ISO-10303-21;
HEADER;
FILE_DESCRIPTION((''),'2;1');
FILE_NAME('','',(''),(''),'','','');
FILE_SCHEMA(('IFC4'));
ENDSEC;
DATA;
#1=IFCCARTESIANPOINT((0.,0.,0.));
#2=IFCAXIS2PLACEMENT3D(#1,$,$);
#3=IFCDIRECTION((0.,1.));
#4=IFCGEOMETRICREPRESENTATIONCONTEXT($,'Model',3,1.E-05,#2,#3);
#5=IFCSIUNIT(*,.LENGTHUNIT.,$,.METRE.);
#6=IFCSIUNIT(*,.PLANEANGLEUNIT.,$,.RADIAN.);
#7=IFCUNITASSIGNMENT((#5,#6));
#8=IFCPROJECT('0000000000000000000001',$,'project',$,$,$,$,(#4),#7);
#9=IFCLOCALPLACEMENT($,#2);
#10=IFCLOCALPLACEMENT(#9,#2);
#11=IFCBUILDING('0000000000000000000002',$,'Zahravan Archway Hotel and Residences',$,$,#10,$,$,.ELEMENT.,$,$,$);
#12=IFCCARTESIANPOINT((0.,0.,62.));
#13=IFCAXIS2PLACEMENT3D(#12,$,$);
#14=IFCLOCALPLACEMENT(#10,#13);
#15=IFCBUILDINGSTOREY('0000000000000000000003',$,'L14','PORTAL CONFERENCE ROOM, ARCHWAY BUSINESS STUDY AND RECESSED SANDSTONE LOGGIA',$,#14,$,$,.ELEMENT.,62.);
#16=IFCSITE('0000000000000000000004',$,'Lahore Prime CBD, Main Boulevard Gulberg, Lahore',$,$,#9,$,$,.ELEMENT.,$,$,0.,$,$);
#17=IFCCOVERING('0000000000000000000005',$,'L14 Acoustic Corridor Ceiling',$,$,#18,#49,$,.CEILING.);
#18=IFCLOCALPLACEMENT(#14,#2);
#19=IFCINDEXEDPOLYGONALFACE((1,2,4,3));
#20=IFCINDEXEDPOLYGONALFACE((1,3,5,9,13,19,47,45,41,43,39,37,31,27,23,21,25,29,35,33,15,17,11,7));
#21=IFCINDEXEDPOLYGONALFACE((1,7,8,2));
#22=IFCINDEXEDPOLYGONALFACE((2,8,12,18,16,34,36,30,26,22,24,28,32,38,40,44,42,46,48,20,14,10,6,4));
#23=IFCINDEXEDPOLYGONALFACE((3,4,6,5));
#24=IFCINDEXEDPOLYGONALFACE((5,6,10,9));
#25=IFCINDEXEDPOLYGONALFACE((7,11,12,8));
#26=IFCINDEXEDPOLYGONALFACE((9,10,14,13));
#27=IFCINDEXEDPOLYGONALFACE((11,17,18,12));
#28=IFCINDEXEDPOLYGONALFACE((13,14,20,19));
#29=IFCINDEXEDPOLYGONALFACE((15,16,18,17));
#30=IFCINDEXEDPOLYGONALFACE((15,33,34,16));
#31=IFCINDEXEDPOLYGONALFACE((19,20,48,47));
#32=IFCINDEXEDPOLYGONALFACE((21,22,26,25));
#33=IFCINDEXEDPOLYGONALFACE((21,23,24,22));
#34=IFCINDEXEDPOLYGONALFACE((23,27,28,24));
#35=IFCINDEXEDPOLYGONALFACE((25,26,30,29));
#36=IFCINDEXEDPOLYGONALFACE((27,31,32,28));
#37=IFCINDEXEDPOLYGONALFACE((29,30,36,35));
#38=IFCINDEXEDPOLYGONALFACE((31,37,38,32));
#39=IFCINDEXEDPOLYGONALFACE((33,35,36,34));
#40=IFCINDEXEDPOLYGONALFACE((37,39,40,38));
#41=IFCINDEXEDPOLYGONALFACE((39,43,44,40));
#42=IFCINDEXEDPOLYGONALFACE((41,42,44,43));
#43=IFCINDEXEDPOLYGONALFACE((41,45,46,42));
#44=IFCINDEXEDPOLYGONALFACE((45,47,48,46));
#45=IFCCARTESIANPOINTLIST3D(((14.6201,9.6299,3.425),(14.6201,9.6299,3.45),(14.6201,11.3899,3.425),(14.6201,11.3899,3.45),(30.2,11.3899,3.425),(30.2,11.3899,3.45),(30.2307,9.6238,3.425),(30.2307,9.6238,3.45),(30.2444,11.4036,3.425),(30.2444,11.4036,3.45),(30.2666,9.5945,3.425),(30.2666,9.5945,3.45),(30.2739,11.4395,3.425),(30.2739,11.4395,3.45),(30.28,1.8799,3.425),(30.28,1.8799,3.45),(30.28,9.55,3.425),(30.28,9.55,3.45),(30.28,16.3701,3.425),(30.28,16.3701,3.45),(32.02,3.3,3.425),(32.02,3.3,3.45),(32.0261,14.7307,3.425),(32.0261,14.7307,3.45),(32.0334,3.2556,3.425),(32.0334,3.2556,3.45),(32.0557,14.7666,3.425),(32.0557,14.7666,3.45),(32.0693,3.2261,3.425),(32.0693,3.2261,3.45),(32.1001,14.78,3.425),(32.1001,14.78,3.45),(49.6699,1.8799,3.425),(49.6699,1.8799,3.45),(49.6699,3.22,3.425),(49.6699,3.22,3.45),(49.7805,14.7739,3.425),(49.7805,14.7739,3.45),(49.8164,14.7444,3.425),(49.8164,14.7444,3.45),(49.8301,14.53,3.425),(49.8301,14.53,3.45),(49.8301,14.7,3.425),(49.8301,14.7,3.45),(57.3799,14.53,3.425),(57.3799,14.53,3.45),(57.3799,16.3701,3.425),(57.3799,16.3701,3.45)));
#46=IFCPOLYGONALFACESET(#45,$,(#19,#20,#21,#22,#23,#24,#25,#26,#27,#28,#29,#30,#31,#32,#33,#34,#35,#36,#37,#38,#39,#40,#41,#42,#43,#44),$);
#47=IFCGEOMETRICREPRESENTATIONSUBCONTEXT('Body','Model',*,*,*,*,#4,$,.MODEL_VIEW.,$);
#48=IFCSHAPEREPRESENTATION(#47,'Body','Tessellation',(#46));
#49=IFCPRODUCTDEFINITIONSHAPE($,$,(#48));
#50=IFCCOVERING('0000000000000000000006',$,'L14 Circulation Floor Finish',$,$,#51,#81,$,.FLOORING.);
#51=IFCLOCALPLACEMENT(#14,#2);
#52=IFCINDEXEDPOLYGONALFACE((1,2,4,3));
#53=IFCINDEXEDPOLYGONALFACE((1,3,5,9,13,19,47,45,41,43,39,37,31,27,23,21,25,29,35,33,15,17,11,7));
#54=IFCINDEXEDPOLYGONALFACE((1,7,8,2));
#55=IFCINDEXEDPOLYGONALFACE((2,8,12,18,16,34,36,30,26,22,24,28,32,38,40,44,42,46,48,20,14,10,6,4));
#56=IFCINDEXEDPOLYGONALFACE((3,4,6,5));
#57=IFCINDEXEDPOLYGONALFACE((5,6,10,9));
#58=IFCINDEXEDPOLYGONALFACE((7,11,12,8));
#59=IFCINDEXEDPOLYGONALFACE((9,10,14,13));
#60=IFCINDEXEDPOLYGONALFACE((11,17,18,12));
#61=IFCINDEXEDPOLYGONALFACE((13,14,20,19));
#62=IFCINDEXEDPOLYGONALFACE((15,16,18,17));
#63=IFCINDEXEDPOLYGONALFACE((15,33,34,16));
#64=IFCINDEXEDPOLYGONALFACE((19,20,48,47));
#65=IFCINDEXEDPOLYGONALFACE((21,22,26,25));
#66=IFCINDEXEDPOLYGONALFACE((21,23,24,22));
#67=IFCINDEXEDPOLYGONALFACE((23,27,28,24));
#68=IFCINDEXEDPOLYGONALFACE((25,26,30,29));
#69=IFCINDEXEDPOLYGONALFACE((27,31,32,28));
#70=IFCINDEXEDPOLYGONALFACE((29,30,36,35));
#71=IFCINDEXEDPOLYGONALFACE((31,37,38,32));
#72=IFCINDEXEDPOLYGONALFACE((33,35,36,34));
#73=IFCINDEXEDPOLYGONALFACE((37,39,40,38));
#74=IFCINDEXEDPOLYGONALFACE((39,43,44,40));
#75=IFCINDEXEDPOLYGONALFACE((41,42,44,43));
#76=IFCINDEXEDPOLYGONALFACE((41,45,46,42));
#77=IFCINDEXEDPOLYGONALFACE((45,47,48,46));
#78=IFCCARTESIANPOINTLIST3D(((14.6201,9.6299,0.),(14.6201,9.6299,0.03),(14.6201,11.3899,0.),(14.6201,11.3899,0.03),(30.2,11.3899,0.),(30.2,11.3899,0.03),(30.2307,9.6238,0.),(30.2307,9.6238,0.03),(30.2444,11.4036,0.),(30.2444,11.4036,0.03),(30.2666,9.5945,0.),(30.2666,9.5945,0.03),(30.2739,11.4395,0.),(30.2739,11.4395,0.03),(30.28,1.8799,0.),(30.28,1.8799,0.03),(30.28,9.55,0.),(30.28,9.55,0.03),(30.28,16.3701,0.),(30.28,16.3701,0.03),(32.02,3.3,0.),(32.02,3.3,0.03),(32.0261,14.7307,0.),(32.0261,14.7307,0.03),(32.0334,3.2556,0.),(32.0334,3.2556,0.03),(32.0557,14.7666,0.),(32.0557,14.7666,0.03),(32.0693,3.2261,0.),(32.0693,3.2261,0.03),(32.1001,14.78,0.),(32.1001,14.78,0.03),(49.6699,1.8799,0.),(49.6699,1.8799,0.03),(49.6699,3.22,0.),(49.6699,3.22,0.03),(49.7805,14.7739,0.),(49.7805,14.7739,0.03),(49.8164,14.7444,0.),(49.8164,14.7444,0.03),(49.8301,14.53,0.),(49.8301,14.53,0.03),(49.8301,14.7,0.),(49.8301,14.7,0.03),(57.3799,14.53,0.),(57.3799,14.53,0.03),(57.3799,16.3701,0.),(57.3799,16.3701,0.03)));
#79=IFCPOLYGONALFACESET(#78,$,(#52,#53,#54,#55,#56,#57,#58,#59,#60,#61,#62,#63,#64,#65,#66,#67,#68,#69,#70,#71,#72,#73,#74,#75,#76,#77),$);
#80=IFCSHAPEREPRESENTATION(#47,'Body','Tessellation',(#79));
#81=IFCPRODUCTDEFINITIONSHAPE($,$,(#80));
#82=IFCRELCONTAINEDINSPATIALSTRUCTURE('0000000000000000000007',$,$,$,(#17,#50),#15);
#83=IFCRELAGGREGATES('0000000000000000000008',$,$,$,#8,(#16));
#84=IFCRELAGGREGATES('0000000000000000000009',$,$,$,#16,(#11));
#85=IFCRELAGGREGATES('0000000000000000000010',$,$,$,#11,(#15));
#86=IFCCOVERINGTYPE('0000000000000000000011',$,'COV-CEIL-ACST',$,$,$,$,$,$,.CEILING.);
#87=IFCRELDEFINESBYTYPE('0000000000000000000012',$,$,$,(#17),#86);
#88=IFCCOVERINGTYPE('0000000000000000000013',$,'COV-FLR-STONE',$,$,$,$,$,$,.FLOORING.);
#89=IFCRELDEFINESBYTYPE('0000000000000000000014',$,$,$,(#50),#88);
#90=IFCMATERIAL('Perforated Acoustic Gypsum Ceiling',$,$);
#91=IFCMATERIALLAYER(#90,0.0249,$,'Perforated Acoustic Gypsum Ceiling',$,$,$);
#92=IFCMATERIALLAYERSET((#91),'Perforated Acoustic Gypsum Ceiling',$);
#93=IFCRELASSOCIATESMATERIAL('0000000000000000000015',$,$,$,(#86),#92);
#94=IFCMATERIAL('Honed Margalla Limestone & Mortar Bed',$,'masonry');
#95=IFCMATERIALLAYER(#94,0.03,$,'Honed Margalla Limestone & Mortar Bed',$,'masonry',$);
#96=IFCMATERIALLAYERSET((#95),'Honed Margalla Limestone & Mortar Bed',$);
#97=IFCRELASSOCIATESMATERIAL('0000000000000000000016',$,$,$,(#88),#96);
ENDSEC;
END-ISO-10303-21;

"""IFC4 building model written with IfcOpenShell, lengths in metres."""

from ifc_helpers import new_model, si_unit, direction, frame, origin, place, context, subcontext, project, spatial, polyline, outline, extrude, material, layer, layer_set, type_object, element, save


model = new_model("IFC4")

# Units and contexts
model_context = context("Model", 3, precision=1e-05, world=origin(), true_north=direction((0.0, 1.0)))
body_context = subcontext(model_context, "Body", "Model", "MODEL_VIEW")
ifc_project = project(units=[si_unit("LENGTHUNIT", "METRE"), si_unit("PLANEANGLEUNIT", "RADIAN")], contexts=[model_context])

# Site, building, storey
site_placement = place(None, origin())
site = spatial("IfcSite", under=ifc_project, at=site_placement, Name="Lahore Prime CBD, Main Boulevard Gulberg, Lahore", CompositionType="ELEMENT", RefElevation=0.0)
building_placement = place(site_placement, origin())
building = spatial("IfcBuilding", under=site, at=building_placement, Name="Zahravan Archway Hotel and Residences", CompositionType="ELEMENT")
storey_placement = place(building_placement, frame((0.0, 0.0, 62.0)))
storey = spatial("IfcBuildingStorey", under=building, at=storey_placement, Name="L14", Description="PORTAL CONFERENCE ROOM, ARCHWAY BUSINESS STUDY AND RECESSED SANDSTONE LOGGIA", CompositionType="ELEMENT", Elevation=62.0)

# Coverings
ifc_material_1 = material(Name="Perforated Acoustic Gypsum Ceiling")
ifc_layer_1 = layer(ifc_material_1, 0.0249, Name="Perforated Acoustic Gypsum Ceiling")
ifc_layer_set_1 = layer_set([ifc_layer_1], Name="Perforated Acoustic Gypsum Ceiling")
covering_type_1 = type_object("IfcCoveringType", Name="COV-CEIL-ACST", PredefinedType="CEILING", material=ifc_layer_set_1)
covering_1_placement = place(storey_placement, frame((0.0, 0.0, 3.425)))
element("IfcCovering", 1, at=covering_1_placement, inside=storey, type_object=covering_type_1, Name="L14 Acoustic Corridor Ceiling", PredefinedType="CEILING", context=body_context, shape_type="SweptSolid", body=[
    extrude(outline(polyline([(57.3799, 14.53), (49.8301, 14.53), (49.8301, 14.7), (49.8164, 14.7444), (49.7805, 14.7739), (32.1001, 14.78), (32.0557, 14.7666), (32.0261, 14.7307), (32.02, 3.3), (32.0334, 3.2556), (32.0693, 3.2261), (49.6699, 3.22), (49.6699, 1.8799), (30.28, 1.8799), (30.28, 9.55), (30.2666, 9.5945), (30.2307, 9.6238), (14.6201, 9.6299), (14.6201, 11.3899), (30.2, 11.3899), (30.2444, 11.4036), (30.2739, 11.4395), (30.28, 16.3701), (57.3799, 16.3701), (57.3799, 14.53)])), origin(), (0.0, 0.0, 1.0), 0.0249),
])
ifc_material_2 = material(Name="Honed Margalla Limestone & Mortar Bed", Category="masonry")
ifc_layer_2 = layer(ifc_material_2, 0.03, Name="Honed Margalla Limestone & Mortar Bed", Category="masonry")
ifc_layer_set_2 = layer_set([ifc_layer_2], Name="Honed Margalla Limestone & Mortar Bed")
covering_type_2 = type_object("IfcCoveringType", Name="COV-FLR-STONE", PredefinedType="FLOORING", material=ifc_layer_set_2)
covering_2_placement = place(storey_placement, origin())
element("IfcCovering", 2, at=covering_2_placement, inside=storey, type_object=covering_type_2, Name="L14 Circulation Floor Finish", PredefinedType="FLOORING", context=body_context, shape_type="SweptSolid", body=[
    extrude(outline(polyline([(57.3799, 14.53), (49.8301, 14.53), (49.8301, 14.7), (49.8164, 14.7444), (49.7805, 14.7739), (32.1001, 14.78), (32.0557, 14.7666), (32.0261, 14.7307), (32.02, 3.3), (32.0334, 3.2556), (32.0693, 3.2261), (49.6699, 3.22), (49.6699, 1.8799), (30.28, 1.8799), (30.28, 9.55), (30.2666, 9.5945), (30.2307, 9.6238), (14.6201, 9.6299), (14.6201, 11.3899), (30.2, 11.3899), (30.2444, 11.4036), (30.2739, 11.4395), (30.28, 16.3701), (57.3799, 16.3701), (57.3799, 14.53)])), origin(), (0.0, 0.0, 1.0), 0.03),
])

save(model, "model.ifc")
